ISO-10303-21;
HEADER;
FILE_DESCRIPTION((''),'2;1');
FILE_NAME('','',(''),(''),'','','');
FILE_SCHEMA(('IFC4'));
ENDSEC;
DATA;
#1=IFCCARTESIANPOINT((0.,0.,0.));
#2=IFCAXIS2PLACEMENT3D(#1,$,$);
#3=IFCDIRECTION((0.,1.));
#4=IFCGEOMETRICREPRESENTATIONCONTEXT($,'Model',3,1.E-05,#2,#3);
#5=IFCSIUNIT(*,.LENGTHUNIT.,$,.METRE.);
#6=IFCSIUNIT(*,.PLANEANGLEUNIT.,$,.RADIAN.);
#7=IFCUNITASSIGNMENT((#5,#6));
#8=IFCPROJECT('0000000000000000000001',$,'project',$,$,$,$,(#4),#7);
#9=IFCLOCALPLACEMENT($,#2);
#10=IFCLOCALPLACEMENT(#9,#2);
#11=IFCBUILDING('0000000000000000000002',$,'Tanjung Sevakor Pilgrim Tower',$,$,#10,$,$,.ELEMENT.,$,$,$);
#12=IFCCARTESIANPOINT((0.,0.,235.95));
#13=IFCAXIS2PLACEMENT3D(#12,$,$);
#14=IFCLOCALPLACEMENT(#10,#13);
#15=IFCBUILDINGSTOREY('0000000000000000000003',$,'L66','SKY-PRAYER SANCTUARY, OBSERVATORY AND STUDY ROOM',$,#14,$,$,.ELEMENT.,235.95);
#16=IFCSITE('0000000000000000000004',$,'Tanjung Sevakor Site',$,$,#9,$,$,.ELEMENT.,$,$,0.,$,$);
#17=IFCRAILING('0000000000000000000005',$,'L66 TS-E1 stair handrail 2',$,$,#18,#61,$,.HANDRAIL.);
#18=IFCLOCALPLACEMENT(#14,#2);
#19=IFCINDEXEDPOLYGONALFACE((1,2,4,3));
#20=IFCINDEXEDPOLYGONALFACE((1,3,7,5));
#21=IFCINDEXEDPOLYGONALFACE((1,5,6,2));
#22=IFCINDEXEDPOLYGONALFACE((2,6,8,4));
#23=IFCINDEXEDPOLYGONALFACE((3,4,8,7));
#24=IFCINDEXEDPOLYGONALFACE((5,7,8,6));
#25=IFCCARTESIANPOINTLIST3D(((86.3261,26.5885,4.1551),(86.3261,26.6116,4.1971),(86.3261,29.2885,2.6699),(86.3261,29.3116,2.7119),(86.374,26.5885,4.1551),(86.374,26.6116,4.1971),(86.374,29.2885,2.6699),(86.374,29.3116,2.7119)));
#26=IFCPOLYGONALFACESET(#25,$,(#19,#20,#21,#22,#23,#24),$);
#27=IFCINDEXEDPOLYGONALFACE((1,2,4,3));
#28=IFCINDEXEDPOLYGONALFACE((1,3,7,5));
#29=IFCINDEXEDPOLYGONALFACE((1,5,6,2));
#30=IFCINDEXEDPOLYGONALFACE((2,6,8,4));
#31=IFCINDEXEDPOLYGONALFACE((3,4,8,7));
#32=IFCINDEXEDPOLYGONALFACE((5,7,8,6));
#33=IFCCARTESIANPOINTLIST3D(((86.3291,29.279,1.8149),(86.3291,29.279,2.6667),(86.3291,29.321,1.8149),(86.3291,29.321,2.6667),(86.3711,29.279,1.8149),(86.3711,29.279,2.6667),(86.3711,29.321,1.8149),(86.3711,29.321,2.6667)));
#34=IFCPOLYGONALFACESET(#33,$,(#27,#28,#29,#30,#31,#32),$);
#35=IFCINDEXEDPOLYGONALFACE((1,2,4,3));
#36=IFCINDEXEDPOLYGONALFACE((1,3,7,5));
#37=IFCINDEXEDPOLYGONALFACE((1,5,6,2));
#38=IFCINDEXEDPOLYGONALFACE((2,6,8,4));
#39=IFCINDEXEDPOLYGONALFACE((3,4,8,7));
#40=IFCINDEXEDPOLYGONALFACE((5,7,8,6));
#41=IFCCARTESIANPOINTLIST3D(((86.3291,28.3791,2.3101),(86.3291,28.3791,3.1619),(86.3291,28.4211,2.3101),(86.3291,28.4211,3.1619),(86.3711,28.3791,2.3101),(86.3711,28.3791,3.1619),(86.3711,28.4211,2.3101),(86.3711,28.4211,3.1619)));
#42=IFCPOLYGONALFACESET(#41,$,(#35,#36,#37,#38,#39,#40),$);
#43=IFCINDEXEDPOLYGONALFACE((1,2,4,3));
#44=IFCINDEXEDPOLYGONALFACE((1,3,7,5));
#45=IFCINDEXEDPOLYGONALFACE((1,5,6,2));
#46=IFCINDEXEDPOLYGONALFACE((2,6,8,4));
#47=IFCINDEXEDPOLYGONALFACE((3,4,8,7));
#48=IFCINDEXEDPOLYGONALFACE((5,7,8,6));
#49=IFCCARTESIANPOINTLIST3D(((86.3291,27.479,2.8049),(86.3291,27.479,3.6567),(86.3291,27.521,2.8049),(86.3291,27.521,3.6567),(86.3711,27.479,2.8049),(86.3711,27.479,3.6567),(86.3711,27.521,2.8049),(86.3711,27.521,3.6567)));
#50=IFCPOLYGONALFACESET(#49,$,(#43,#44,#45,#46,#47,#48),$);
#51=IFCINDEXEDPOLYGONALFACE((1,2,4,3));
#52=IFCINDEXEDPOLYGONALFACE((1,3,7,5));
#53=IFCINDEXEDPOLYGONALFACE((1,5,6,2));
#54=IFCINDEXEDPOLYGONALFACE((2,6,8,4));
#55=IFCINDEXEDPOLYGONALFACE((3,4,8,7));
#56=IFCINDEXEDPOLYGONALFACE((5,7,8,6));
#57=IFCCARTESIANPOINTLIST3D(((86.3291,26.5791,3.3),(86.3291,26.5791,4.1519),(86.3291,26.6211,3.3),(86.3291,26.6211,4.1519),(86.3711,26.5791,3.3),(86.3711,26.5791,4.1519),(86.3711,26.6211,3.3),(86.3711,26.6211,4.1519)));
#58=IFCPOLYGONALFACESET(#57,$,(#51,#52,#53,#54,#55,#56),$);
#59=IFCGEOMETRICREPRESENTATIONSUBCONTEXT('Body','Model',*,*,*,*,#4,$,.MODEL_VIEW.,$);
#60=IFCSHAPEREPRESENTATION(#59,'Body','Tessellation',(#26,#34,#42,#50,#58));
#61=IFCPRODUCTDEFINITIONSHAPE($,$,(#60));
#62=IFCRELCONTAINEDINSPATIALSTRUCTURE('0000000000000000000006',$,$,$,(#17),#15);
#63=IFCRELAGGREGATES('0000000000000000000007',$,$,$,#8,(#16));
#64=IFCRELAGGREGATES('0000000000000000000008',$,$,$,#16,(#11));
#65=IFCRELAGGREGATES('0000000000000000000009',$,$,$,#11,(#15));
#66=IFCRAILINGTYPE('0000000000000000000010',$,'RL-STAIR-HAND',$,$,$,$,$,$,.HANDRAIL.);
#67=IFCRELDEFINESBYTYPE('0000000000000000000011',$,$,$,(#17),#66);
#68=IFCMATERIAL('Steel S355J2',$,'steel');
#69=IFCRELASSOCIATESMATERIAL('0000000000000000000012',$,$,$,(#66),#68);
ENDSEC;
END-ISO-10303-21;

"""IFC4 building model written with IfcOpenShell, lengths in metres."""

from ifc_helpers import new_model, si_unit, direction, frame, origin, place, context, subcontext, project, spatial, rectangle, extrude, material, type_object, element, save


model = new_model("IFC4")

# Units and contexts
model_context = context("Model", 3, precision=1e-05, world=origin(), true_north=direction((0.0, 1.0)))
body_context = subcontext(model_context, "Body", "Model", "MODEL_VIEW")
ifc_project = project(units=[si_unit("LENGTHUNIT", "METRE"), si_unit("PLANEANGLEUNIT", "RADIAN")], contexts=[model_context])

# Site, building, storey
site_placement = place(None, origin())
site = spatial("IfcSite", under=ifc_project, at=site_placement, Name="Tanjung Sevakor Site", CompositionType="ELEMENT", RefElevation=0.0)
building_placement = place(site_placement, origin())
building = spatial("IfcBuilding", under=site, at=building_placement, Name="Tanjung Sevakor Pilgrim Tower", CompositionType="ELEMENT")
storey_placement = place(building_placement, frame((0.0, 0.0, 235.95)))
storey = spatial("IfcBuildingStorey", under=building, at=storey_placement, Name="L66", Description="SKY-PRAYER SANCTUARY, OBSERVATORY AND STUDY ROOM", CompositionType="ELEMENT", Elevation=235.95)

# Railing
ifc_material_1 = material(Name="Steel S355J2", Category="steel")
railing_type_1 = type_object("IfcRailingType", Name="RL-STAIR-HAND", PredefinedType="HANDRAIL", material=ifc_material_1)
railing_1_placement = place(storey_placement, frame((86.3501, 29.3, 1.8149)))
element("IfcRailing", 1, at=railing_1_placement, inside=storey, type_object=railing_type_1, Name="L66 TS-E1 stair handrail 2", PredefinedType="HANDRAIL", context=body_context, shape_type="SweptSolid", body=[
    extrude(rectangle(XDim=0.0479, YDim=0.0479), frame((0.0, 0.0, 0.876), z_axis=(0.0, -0.876198, 0.481952), x_axis=(1.0, 0.0, 0.0)), (0.0, 0.0, 1.0), 3.0815),
    extrude(rectangle(XDim=0.042, YDim=0.042), origin(), (0.0, 0.0, 1.0), 0.8518),
    extrude(rectangle(XDim=0.042, YDim=0.042), frame((0.0, -0.8999, 0.4951)), (0.0, 0.0, 1.0), 0.8518),
    extrude(rectangle(XDim=0.042, YDim=0.042), frame((0.0, -1.8, 0.99)), (0.0, 0.0, 1.0), 0.8518),
    extrude(rectangle(XDim=0.042, YDim=0.042), frame((0.0, -2.7, 1.4851)), (0.0, 0.0, 1.0), 0.8518),
])

save(model, "model.ifc")
